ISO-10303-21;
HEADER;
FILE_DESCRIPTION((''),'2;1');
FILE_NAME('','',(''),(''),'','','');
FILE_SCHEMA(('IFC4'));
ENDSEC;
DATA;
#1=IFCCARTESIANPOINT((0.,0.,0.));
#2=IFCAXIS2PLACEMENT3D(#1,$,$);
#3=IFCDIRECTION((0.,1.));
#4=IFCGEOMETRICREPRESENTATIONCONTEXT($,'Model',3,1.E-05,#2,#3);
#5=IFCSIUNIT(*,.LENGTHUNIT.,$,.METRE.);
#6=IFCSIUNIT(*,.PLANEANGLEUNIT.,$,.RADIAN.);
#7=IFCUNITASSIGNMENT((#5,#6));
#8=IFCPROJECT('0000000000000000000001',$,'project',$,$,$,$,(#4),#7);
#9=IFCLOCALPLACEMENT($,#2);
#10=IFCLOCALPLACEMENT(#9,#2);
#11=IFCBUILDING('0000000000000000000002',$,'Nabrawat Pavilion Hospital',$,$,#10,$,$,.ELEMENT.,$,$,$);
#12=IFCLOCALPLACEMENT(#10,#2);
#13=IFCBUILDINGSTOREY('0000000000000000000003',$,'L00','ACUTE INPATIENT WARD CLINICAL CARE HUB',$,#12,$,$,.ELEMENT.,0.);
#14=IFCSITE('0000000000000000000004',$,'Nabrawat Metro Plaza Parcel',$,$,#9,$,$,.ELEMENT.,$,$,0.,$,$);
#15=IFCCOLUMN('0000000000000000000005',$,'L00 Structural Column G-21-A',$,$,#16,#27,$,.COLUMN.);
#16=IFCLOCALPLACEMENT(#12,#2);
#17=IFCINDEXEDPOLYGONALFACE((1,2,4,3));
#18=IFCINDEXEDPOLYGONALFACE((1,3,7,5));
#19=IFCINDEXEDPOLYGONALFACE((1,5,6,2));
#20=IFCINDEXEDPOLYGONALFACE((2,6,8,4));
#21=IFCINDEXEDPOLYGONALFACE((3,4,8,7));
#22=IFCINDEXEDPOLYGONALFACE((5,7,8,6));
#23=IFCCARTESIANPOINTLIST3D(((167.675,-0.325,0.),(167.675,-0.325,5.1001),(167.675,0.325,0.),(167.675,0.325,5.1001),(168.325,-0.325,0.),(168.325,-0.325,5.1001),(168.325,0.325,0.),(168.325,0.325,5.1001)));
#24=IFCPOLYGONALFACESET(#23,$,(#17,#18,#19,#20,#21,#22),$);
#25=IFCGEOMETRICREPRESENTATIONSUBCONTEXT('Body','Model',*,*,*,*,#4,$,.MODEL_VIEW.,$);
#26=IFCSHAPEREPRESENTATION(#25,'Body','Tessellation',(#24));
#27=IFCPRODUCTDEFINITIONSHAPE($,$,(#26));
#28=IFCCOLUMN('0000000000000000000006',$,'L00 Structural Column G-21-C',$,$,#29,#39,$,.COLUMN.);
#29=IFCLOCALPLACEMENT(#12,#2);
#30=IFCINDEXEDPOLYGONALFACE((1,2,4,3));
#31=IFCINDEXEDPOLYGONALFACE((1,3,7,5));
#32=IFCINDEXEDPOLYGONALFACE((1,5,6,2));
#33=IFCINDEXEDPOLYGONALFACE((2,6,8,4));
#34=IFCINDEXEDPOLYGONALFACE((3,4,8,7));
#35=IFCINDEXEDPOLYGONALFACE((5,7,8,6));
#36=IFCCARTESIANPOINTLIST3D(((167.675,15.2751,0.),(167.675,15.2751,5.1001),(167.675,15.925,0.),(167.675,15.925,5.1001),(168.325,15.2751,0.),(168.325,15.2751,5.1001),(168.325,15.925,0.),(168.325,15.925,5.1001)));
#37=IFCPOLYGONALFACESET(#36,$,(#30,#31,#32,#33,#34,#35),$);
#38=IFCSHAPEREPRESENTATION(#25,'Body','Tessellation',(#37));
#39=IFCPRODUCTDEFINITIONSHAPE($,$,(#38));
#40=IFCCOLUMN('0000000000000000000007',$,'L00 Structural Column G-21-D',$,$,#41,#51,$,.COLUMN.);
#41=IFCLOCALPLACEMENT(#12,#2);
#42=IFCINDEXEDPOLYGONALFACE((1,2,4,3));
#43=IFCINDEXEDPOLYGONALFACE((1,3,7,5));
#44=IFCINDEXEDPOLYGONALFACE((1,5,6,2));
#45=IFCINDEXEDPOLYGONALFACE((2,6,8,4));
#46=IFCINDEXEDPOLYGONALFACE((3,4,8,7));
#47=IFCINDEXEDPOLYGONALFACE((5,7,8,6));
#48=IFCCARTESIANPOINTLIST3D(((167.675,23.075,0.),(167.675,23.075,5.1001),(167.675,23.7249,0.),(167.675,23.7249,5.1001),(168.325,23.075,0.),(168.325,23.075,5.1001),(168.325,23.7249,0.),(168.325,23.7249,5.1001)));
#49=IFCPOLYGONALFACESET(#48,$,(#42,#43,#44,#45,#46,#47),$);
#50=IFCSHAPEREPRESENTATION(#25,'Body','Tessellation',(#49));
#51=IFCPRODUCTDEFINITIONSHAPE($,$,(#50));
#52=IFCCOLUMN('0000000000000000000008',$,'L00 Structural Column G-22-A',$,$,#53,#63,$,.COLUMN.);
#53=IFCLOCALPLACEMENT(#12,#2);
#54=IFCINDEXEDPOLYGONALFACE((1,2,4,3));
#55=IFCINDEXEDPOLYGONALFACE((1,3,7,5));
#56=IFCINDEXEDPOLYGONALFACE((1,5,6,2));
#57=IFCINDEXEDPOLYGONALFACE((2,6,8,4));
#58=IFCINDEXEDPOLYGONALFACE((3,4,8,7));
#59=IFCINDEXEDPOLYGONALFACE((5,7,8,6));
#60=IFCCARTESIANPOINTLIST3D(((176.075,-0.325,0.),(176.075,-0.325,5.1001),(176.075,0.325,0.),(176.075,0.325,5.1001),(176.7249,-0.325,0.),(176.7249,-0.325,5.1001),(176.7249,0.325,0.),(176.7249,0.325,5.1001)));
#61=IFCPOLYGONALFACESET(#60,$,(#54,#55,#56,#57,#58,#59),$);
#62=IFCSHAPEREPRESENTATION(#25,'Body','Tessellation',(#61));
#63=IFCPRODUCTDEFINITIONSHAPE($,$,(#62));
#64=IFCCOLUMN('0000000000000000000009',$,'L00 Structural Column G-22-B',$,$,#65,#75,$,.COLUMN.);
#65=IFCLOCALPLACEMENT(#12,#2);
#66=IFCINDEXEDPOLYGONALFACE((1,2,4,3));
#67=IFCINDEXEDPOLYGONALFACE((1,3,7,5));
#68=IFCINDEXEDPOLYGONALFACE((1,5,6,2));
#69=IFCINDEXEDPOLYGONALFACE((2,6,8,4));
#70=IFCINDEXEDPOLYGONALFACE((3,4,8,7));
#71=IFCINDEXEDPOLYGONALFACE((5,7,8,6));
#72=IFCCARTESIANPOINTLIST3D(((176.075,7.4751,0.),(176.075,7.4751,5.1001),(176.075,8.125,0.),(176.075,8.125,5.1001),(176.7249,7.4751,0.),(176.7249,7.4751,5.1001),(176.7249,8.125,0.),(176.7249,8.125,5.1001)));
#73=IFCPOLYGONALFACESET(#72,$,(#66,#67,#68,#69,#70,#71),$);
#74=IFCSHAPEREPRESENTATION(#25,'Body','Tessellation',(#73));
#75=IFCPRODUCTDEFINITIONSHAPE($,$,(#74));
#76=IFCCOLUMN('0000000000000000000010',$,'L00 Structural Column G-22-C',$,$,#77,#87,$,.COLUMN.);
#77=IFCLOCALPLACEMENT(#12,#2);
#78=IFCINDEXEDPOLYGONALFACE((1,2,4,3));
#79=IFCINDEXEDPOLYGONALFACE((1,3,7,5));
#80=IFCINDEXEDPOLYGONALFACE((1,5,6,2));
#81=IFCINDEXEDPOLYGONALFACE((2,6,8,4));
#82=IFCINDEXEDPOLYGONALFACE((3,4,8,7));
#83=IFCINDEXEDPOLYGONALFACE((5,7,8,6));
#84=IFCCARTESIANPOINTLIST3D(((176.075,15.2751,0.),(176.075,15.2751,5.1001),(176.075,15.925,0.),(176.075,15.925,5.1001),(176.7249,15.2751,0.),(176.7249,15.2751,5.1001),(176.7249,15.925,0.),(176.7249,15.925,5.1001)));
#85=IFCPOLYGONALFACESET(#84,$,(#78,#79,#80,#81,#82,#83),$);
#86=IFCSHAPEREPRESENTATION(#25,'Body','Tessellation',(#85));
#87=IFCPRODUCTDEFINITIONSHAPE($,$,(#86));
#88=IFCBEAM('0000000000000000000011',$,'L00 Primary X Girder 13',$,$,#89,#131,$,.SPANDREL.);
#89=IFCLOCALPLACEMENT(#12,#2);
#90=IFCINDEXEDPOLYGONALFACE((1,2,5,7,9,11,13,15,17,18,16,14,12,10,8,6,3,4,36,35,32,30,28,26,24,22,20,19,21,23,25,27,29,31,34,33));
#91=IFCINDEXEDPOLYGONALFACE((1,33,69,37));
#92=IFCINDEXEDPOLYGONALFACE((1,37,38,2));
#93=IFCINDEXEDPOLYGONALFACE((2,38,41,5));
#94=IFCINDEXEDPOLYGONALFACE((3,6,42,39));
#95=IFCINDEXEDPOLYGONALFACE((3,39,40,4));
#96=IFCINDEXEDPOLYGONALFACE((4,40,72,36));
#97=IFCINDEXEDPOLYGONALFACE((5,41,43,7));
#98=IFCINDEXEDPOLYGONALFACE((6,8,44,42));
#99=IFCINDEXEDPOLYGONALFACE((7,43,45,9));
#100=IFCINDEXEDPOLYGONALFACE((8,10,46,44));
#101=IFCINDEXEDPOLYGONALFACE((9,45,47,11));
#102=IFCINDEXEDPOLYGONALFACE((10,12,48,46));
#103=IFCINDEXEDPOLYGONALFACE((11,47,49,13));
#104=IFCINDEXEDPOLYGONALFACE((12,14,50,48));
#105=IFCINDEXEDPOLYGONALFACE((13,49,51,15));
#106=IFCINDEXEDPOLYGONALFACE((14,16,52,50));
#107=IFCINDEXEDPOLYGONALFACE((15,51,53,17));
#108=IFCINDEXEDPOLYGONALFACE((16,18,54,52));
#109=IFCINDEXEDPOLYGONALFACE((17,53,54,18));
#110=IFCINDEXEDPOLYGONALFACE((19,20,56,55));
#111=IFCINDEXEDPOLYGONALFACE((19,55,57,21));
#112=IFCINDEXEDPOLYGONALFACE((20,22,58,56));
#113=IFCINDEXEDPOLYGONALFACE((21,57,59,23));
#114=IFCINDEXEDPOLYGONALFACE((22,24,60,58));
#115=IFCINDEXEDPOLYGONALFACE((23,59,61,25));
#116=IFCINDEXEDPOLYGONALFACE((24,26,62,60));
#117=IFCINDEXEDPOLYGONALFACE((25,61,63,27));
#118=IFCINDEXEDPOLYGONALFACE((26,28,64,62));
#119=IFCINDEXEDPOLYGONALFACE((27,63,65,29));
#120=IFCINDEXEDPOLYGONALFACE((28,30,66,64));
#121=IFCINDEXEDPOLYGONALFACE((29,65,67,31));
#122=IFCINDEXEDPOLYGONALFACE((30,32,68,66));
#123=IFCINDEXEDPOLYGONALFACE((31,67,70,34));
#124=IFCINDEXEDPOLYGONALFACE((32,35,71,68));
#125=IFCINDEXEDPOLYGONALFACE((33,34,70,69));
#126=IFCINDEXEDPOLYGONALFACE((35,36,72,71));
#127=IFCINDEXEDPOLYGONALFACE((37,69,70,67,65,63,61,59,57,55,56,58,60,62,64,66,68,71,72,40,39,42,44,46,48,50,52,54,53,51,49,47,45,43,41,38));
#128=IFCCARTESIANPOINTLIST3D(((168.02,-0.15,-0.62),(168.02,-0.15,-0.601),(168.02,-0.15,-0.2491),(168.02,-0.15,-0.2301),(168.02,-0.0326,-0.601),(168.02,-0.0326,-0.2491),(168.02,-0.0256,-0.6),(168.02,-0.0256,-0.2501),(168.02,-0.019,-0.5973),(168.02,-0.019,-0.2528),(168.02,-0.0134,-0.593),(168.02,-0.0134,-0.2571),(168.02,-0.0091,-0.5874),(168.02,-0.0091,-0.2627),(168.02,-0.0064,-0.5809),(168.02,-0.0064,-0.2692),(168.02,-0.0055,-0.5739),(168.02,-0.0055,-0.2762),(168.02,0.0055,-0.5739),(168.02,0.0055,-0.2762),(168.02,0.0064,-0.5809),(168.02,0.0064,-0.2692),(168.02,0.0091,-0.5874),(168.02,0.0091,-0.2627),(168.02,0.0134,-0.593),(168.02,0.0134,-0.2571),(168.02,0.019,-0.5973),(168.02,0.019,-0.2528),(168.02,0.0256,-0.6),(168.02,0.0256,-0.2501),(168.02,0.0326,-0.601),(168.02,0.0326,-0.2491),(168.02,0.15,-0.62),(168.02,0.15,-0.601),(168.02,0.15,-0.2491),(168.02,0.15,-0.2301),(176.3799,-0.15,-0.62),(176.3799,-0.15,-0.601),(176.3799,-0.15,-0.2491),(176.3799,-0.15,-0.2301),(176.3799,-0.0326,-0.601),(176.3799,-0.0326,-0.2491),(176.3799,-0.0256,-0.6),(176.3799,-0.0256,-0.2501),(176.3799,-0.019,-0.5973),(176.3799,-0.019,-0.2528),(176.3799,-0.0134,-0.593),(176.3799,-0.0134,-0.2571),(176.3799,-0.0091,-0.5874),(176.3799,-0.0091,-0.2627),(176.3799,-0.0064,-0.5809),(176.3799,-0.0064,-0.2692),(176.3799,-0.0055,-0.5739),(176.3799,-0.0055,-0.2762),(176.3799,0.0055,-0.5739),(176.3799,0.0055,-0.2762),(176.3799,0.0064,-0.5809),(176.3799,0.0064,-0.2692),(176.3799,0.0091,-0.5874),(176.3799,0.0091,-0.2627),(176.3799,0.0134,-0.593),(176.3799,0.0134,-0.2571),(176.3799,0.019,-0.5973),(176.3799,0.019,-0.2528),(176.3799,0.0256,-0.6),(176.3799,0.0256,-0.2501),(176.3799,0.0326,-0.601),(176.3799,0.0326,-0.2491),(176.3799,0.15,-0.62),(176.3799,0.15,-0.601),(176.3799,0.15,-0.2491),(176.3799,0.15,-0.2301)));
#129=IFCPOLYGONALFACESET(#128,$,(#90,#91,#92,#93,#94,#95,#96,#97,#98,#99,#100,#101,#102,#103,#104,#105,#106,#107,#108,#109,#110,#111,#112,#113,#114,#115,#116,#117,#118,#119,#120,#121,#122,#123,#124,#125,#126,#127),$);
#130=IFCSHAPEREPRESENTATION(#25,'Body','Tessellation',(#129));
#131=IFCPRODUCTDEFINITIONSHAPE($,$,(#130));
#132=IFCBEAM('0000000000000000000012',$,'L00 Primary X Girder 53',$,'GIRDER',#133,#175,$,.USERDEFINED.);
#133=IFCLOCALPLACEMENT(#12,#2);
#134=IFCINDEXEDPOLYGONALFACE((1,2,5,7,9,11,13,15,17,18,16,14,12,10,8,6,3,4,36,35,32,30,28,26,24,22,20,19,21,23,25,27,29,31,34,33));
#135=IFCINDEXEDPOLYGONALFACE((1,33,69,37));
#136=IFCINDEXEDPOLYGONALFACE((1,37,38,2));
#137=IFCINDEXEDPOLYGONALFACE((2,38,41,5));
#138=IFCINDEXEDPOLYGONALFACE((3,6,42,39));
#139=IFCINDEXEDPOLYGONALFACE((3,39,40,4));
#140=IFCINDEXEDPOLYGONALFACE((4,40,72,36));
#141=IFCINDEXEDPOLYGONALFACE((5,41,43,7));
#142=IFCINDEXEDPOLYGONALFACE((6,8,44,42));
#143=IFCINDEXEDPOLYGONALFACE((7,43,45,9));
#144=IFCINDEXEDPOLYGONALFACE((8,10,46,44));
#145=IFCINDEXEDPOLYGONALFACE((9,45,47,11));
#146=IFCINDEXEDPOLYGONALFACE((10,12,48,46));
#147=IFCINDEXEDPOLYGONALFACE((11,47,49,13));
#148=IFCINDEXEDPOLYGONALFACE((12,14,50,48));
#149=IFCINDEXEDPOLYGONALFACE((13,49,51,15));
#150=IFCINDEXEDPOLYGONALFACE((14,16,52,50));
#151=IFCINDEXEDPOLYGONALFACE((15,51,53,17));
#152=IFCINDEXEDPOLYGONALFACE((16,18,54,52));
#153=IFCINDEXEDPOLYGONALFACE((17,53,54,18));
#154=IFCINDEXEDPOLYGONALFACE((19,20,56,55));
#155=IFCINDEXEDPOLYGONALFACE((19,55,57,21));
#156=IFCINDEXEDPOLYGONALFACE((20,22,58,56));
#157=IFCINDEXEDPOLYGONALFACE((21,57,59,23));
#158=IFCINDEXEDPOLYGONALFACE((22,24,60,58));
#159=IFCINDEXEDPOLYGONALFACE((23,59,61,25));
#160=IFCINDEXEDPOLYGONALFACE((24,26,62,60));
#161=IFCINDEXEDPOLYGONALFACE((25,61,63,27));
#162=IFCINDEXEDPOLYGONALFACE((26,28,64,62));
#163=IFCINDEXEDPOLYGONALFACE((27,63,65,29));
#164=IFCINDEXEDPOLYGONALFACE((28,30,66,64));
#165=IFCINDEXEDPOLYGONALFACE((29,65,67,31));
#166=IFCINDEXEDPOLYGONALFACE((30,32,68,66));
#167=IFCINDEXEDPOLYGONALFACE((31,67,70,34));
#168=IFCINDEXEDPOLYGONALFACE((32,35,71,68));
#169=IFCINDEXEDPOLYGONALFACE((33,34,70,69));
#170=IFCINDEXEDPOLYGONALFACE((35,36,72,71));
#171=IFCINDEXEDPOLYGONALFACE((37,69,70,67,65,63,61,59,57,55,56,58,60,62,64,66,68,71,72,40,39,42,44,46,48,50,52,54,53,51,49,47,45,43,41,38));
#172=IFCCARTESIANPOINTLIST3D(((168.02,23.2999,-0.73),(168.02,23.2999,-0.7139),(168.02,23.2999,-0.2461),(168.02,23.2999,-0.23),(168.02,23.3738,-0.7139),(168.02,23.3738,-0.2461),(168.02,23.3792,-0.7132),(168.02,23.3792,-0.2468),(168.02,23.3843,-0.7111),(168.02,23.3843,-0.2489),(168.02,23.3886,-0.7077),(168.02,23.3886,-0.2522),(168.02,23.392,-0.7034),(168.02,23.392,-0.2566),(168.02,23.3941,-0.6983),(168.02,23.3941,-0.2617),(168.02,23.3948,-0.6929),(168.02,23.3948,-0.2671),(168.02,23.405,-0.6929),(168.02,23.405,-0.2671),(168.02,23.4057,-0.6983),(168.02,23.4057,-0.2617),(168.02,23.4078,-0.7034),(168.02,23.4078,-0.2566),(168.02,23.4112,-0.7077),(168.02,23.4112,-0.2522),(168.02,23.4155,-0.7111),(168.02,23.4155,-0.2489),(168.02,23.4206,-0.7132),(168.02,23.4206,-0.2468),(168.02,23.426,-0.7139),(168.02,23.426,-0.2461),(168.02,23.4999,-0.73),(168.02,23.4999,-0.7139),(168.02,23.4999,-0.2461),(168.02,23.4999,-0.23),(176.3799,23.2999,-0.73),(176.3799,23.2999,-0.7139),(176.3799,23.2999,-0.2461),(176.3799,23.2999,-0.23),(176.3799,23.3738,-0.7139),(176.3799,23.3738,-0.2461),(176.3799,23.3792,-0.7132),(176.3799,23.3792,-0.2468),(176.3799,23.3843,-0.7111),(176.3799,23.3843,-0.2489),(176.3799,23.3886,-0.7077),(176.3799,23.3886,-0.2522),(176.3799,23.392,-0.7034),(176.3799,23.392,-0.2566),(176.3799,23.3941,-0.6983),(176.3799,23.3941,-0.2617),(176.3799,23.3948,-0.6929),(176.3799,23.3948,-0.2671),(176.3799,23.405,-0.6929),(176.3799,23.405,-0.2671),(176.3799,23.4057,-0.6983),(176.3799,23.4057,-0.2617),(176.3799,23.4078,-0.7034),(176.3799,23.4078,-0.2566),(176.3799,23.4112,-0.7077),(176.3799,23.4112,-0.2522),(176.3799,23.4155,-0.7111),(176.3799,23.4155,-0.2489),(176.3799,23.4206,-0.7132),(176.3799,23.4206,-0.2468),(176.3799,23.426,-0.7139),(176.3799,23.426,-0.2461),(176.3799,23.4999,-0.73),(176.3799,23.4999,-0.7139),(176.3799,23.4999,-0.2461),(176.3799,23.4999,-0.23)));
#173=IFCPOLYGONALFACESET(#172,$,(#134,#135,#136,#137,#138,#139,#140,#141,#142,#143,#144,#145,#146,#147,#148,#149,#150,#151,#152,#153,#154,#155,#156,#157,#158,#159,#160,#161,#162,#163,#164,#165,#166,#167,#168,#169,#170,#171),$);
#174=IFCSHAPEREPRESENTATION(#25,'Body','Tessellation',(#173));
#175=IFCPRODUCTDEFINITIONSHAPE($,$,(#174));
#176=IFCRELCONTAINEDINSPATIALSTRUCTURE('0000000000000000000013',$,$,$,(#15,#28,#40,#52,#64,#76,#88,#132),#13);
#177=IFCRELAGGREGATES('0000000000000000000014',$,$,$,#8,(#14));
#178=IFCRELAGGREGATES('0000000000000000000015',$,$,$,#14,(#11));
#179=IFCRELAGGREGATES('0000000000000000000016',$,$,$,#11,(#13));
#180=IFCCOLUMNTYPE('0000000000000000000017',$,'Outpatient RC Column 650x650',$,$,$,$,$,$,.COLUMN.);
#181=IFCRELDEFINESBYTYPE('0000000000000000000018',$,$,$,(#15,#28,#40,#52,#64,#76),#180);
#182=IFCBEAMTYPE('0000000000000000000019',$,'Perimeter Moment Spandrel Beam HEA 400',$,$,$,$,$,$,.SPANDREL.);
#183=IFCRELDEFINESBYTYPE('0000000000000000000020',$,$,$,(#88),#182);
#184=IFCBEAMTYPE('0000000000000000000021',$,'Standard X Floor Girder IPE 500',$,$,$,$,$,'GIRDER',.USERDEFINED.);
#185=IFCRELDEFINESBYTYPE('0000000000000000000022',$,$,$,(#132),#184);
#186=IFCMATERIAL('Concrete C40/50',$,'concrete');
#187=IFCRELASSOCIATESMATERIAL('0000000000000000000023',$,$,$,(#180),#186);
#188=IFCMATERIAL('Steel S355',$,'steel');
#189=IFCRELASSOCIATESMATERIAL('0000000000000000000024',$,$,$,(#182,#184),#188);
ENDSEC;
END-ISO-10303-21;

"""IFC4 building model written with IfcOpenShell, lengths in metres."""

from ifc_helpers import new_model, si_unit, direction, frame, origin, origin_2d, place, context, subcontext, project, spatial, rectangle, i_section, extrude, material, material_profile, profile_set, type_object, element, save


model = new_model("IFC4")

# Units and contexts
model_context = context("Model", 3, precision=1e-05, world=origin(), true_north=direction((0.0, 1.0)))
body_context = subcontext(model_context, "Body", "Model", "MODEL_VIEW")
ifc_project = project(units=[si_unit("LENGTHUNIT", "METRE"), si_unit("PLANEANGLEUNIT", "RADIAN")], contexts=[model_context])

# Site, building, storey
site_placement = place(None, origin())
site = spatial("IfcSite", under=ifc_project, at=site_placement, Name="Nabrawat Metro Plaza Parcel", CompositionType="ELEMENT", RefElevation=0.0)
building_placement = place(site_placement, origin())
building = spatial("IfcBuilding", under=site, at=building_placement, Name="Nabrawat Pavilion Hospital", CompositionType="ELEMENT")
storey_placement = place(building_placement, origin())
storey = spatial("IfcBuildingStorey", under=building, at=storey_placement, Name="L00", Description="ACUTE INPATIENT WARD CLINICAL CARE HUB", CompositionType="ELEMENT", Elevation=0.0)

# Columns
ifc_material_1 = material(Name="Concrete C40/50", Category="concrete")
ifc_material_profile_1 = material_profile(ifc_material_1, rectangle(XDim=0.6499, YDim=0.6499, at=origin_2d()), Name="RC 650x650")
ifc_profile_set_1 = profile_set([ifc_material_profile_1], Name="Concrete C40/50")
column_type = type_object("IfcColumnType", Name="Outpatient RC Column 650x650", PredefinedType="COLUMN", material=ifc_profile_set_1)
for number, where, z_axis, x_axis, name in (
    (1, (168.0, 0.0, 0.0), (0.0, 0.0, 1.0), (1.0, 0.0, 0.0), "L00 Structural Column G-21-A"),
    (2, (168.0, 15.6001, 0.0), (0.0, 0.0, 1.0), (1.0, 0.0, 0.0), "L00 Structural Column G-21-C"),
    (3, (168.0, 23.3999, 0.0), (0.0, 0.0, 1.0), (1.0, 0.0, 0.0), "L00 Structural Column G-21-D"),
    (4, (176.3999, 0.0, 0.0), (0.0, 0.0, 1.0), (1.0, 0.0, 0.0), "L00 Structural Column G-22-A"),
    (5, (176.3999, 7.8, 0.0), (0.0, 0.0, 1.0), (1.0, 0.0, 0.0), "L00 Structural Column G-22-B"),
    (6, (176.3999, 15.6001, 0.0), (0.0, 0.0, 1.0), (1.0, 0.0, 0.0), "L00 Structural Column G-22-C"),
):
    element("IfcColumn", number, at=place(storey_placement, frame(where, z_axis=z_axis, x_axis=x_axis)), inside=storey, type_object=column_type, Name=name, PredefinedType="COLUMN", context=body_context, shape_type="SweptSolid", body=[
        extrude(rectangle(XDim=0.6499, YDim=0.6499, at=origin_2d()), origin(), (0.0, 0.0, 1.0), 5.1001),
    ])

# Beams
ifc_material_2 = material(Name="Steel S355", Category="steel")
ifc_material_profile_2 = material_profile(ifc_material_2, i_section(OverallWidth=0.3, OverallDepth=0.3899, WebThickness=0.011, FlangeThickness=0.019, FilletRadius=0.0271, at=origin_2d()), Name="HEA 400")
ifc_profile_set_2 = profile_set([ifc_material_profile_2], Name="Steel S355")
beam_type_1 = type_object("IfcBeamType", Name="Perimeter Moment Spandrel Beam HEA 400", PredefinedType="SPANDREL", material=ifc_profile_set_2)
beam_1_placement = place(storey_placement, frame((168.02, 0.0, -0.425), z_axis=(1.0, 0.0, 0.0), x_axis=(0.0, 1.0, 0.0)))
element("IfcBeam", 7, at=beam_1_placement, inside=storey, type_object=beam_type_1, Name="L00 Primary X Girder 13", PredefinedType="SPANDREL", context=body_context, shape_type="SweptSolid", body=[
    extrude(i_section(OverallWidth=0.3, OverallDepth=0.3899, WebThickness=0.011, FlangeThickness=0.019, FilletRadius=0.0271, at=origin_2d()), origin(), (0.0, 0.0, 1.0), 8.3599),
])
ifc_material_profile_3 = material_profile(ifc_material_2, i_section(OverallWidth=0.2, OverallDepth=0.5, WebThickness=0.0103, FlangeThickness=0.0161, FilletRadius=0.021, at=origin_2d()), Name="IPE 500")
ifc_profile_set_3 = profile_set([ifc_material_profile_3], Name="Steel S355")
beam_type_2 = type_object("IfcBeamType", Name="Standard X Floor Girder IPE 500", ElementType="GIRDER", PredefinedType="USERDEFINED", material=ifc_profile_set_3)
beam_2_placement = place(storey_placement, frame((168.02, 23.3999, -0.48), z_axis=(1.0, 0.0, 0.0), x_axis=(0.0, 1.0, 0.0)))
element("IfcBeam", 8, at=beam_2_placement, inside=storey, type_object=beam_type_2, Name="L00 Primary X Girder 53", ObjectType="GIRDER", PredefinedType="USERDEFINED", context=body_context, shape_type="SweptSolid", body=[
    extrude(i_section(OverallWidth=0.2, OverallDepth=0.5, WebThickness=0.0103, FlangeThickness=0.0161, FilletRadius=0.021, at=origin_2d()), origin(), (0.0, 0.0, 1.0), 8.3599),
])

save(model, "model.ifc")
